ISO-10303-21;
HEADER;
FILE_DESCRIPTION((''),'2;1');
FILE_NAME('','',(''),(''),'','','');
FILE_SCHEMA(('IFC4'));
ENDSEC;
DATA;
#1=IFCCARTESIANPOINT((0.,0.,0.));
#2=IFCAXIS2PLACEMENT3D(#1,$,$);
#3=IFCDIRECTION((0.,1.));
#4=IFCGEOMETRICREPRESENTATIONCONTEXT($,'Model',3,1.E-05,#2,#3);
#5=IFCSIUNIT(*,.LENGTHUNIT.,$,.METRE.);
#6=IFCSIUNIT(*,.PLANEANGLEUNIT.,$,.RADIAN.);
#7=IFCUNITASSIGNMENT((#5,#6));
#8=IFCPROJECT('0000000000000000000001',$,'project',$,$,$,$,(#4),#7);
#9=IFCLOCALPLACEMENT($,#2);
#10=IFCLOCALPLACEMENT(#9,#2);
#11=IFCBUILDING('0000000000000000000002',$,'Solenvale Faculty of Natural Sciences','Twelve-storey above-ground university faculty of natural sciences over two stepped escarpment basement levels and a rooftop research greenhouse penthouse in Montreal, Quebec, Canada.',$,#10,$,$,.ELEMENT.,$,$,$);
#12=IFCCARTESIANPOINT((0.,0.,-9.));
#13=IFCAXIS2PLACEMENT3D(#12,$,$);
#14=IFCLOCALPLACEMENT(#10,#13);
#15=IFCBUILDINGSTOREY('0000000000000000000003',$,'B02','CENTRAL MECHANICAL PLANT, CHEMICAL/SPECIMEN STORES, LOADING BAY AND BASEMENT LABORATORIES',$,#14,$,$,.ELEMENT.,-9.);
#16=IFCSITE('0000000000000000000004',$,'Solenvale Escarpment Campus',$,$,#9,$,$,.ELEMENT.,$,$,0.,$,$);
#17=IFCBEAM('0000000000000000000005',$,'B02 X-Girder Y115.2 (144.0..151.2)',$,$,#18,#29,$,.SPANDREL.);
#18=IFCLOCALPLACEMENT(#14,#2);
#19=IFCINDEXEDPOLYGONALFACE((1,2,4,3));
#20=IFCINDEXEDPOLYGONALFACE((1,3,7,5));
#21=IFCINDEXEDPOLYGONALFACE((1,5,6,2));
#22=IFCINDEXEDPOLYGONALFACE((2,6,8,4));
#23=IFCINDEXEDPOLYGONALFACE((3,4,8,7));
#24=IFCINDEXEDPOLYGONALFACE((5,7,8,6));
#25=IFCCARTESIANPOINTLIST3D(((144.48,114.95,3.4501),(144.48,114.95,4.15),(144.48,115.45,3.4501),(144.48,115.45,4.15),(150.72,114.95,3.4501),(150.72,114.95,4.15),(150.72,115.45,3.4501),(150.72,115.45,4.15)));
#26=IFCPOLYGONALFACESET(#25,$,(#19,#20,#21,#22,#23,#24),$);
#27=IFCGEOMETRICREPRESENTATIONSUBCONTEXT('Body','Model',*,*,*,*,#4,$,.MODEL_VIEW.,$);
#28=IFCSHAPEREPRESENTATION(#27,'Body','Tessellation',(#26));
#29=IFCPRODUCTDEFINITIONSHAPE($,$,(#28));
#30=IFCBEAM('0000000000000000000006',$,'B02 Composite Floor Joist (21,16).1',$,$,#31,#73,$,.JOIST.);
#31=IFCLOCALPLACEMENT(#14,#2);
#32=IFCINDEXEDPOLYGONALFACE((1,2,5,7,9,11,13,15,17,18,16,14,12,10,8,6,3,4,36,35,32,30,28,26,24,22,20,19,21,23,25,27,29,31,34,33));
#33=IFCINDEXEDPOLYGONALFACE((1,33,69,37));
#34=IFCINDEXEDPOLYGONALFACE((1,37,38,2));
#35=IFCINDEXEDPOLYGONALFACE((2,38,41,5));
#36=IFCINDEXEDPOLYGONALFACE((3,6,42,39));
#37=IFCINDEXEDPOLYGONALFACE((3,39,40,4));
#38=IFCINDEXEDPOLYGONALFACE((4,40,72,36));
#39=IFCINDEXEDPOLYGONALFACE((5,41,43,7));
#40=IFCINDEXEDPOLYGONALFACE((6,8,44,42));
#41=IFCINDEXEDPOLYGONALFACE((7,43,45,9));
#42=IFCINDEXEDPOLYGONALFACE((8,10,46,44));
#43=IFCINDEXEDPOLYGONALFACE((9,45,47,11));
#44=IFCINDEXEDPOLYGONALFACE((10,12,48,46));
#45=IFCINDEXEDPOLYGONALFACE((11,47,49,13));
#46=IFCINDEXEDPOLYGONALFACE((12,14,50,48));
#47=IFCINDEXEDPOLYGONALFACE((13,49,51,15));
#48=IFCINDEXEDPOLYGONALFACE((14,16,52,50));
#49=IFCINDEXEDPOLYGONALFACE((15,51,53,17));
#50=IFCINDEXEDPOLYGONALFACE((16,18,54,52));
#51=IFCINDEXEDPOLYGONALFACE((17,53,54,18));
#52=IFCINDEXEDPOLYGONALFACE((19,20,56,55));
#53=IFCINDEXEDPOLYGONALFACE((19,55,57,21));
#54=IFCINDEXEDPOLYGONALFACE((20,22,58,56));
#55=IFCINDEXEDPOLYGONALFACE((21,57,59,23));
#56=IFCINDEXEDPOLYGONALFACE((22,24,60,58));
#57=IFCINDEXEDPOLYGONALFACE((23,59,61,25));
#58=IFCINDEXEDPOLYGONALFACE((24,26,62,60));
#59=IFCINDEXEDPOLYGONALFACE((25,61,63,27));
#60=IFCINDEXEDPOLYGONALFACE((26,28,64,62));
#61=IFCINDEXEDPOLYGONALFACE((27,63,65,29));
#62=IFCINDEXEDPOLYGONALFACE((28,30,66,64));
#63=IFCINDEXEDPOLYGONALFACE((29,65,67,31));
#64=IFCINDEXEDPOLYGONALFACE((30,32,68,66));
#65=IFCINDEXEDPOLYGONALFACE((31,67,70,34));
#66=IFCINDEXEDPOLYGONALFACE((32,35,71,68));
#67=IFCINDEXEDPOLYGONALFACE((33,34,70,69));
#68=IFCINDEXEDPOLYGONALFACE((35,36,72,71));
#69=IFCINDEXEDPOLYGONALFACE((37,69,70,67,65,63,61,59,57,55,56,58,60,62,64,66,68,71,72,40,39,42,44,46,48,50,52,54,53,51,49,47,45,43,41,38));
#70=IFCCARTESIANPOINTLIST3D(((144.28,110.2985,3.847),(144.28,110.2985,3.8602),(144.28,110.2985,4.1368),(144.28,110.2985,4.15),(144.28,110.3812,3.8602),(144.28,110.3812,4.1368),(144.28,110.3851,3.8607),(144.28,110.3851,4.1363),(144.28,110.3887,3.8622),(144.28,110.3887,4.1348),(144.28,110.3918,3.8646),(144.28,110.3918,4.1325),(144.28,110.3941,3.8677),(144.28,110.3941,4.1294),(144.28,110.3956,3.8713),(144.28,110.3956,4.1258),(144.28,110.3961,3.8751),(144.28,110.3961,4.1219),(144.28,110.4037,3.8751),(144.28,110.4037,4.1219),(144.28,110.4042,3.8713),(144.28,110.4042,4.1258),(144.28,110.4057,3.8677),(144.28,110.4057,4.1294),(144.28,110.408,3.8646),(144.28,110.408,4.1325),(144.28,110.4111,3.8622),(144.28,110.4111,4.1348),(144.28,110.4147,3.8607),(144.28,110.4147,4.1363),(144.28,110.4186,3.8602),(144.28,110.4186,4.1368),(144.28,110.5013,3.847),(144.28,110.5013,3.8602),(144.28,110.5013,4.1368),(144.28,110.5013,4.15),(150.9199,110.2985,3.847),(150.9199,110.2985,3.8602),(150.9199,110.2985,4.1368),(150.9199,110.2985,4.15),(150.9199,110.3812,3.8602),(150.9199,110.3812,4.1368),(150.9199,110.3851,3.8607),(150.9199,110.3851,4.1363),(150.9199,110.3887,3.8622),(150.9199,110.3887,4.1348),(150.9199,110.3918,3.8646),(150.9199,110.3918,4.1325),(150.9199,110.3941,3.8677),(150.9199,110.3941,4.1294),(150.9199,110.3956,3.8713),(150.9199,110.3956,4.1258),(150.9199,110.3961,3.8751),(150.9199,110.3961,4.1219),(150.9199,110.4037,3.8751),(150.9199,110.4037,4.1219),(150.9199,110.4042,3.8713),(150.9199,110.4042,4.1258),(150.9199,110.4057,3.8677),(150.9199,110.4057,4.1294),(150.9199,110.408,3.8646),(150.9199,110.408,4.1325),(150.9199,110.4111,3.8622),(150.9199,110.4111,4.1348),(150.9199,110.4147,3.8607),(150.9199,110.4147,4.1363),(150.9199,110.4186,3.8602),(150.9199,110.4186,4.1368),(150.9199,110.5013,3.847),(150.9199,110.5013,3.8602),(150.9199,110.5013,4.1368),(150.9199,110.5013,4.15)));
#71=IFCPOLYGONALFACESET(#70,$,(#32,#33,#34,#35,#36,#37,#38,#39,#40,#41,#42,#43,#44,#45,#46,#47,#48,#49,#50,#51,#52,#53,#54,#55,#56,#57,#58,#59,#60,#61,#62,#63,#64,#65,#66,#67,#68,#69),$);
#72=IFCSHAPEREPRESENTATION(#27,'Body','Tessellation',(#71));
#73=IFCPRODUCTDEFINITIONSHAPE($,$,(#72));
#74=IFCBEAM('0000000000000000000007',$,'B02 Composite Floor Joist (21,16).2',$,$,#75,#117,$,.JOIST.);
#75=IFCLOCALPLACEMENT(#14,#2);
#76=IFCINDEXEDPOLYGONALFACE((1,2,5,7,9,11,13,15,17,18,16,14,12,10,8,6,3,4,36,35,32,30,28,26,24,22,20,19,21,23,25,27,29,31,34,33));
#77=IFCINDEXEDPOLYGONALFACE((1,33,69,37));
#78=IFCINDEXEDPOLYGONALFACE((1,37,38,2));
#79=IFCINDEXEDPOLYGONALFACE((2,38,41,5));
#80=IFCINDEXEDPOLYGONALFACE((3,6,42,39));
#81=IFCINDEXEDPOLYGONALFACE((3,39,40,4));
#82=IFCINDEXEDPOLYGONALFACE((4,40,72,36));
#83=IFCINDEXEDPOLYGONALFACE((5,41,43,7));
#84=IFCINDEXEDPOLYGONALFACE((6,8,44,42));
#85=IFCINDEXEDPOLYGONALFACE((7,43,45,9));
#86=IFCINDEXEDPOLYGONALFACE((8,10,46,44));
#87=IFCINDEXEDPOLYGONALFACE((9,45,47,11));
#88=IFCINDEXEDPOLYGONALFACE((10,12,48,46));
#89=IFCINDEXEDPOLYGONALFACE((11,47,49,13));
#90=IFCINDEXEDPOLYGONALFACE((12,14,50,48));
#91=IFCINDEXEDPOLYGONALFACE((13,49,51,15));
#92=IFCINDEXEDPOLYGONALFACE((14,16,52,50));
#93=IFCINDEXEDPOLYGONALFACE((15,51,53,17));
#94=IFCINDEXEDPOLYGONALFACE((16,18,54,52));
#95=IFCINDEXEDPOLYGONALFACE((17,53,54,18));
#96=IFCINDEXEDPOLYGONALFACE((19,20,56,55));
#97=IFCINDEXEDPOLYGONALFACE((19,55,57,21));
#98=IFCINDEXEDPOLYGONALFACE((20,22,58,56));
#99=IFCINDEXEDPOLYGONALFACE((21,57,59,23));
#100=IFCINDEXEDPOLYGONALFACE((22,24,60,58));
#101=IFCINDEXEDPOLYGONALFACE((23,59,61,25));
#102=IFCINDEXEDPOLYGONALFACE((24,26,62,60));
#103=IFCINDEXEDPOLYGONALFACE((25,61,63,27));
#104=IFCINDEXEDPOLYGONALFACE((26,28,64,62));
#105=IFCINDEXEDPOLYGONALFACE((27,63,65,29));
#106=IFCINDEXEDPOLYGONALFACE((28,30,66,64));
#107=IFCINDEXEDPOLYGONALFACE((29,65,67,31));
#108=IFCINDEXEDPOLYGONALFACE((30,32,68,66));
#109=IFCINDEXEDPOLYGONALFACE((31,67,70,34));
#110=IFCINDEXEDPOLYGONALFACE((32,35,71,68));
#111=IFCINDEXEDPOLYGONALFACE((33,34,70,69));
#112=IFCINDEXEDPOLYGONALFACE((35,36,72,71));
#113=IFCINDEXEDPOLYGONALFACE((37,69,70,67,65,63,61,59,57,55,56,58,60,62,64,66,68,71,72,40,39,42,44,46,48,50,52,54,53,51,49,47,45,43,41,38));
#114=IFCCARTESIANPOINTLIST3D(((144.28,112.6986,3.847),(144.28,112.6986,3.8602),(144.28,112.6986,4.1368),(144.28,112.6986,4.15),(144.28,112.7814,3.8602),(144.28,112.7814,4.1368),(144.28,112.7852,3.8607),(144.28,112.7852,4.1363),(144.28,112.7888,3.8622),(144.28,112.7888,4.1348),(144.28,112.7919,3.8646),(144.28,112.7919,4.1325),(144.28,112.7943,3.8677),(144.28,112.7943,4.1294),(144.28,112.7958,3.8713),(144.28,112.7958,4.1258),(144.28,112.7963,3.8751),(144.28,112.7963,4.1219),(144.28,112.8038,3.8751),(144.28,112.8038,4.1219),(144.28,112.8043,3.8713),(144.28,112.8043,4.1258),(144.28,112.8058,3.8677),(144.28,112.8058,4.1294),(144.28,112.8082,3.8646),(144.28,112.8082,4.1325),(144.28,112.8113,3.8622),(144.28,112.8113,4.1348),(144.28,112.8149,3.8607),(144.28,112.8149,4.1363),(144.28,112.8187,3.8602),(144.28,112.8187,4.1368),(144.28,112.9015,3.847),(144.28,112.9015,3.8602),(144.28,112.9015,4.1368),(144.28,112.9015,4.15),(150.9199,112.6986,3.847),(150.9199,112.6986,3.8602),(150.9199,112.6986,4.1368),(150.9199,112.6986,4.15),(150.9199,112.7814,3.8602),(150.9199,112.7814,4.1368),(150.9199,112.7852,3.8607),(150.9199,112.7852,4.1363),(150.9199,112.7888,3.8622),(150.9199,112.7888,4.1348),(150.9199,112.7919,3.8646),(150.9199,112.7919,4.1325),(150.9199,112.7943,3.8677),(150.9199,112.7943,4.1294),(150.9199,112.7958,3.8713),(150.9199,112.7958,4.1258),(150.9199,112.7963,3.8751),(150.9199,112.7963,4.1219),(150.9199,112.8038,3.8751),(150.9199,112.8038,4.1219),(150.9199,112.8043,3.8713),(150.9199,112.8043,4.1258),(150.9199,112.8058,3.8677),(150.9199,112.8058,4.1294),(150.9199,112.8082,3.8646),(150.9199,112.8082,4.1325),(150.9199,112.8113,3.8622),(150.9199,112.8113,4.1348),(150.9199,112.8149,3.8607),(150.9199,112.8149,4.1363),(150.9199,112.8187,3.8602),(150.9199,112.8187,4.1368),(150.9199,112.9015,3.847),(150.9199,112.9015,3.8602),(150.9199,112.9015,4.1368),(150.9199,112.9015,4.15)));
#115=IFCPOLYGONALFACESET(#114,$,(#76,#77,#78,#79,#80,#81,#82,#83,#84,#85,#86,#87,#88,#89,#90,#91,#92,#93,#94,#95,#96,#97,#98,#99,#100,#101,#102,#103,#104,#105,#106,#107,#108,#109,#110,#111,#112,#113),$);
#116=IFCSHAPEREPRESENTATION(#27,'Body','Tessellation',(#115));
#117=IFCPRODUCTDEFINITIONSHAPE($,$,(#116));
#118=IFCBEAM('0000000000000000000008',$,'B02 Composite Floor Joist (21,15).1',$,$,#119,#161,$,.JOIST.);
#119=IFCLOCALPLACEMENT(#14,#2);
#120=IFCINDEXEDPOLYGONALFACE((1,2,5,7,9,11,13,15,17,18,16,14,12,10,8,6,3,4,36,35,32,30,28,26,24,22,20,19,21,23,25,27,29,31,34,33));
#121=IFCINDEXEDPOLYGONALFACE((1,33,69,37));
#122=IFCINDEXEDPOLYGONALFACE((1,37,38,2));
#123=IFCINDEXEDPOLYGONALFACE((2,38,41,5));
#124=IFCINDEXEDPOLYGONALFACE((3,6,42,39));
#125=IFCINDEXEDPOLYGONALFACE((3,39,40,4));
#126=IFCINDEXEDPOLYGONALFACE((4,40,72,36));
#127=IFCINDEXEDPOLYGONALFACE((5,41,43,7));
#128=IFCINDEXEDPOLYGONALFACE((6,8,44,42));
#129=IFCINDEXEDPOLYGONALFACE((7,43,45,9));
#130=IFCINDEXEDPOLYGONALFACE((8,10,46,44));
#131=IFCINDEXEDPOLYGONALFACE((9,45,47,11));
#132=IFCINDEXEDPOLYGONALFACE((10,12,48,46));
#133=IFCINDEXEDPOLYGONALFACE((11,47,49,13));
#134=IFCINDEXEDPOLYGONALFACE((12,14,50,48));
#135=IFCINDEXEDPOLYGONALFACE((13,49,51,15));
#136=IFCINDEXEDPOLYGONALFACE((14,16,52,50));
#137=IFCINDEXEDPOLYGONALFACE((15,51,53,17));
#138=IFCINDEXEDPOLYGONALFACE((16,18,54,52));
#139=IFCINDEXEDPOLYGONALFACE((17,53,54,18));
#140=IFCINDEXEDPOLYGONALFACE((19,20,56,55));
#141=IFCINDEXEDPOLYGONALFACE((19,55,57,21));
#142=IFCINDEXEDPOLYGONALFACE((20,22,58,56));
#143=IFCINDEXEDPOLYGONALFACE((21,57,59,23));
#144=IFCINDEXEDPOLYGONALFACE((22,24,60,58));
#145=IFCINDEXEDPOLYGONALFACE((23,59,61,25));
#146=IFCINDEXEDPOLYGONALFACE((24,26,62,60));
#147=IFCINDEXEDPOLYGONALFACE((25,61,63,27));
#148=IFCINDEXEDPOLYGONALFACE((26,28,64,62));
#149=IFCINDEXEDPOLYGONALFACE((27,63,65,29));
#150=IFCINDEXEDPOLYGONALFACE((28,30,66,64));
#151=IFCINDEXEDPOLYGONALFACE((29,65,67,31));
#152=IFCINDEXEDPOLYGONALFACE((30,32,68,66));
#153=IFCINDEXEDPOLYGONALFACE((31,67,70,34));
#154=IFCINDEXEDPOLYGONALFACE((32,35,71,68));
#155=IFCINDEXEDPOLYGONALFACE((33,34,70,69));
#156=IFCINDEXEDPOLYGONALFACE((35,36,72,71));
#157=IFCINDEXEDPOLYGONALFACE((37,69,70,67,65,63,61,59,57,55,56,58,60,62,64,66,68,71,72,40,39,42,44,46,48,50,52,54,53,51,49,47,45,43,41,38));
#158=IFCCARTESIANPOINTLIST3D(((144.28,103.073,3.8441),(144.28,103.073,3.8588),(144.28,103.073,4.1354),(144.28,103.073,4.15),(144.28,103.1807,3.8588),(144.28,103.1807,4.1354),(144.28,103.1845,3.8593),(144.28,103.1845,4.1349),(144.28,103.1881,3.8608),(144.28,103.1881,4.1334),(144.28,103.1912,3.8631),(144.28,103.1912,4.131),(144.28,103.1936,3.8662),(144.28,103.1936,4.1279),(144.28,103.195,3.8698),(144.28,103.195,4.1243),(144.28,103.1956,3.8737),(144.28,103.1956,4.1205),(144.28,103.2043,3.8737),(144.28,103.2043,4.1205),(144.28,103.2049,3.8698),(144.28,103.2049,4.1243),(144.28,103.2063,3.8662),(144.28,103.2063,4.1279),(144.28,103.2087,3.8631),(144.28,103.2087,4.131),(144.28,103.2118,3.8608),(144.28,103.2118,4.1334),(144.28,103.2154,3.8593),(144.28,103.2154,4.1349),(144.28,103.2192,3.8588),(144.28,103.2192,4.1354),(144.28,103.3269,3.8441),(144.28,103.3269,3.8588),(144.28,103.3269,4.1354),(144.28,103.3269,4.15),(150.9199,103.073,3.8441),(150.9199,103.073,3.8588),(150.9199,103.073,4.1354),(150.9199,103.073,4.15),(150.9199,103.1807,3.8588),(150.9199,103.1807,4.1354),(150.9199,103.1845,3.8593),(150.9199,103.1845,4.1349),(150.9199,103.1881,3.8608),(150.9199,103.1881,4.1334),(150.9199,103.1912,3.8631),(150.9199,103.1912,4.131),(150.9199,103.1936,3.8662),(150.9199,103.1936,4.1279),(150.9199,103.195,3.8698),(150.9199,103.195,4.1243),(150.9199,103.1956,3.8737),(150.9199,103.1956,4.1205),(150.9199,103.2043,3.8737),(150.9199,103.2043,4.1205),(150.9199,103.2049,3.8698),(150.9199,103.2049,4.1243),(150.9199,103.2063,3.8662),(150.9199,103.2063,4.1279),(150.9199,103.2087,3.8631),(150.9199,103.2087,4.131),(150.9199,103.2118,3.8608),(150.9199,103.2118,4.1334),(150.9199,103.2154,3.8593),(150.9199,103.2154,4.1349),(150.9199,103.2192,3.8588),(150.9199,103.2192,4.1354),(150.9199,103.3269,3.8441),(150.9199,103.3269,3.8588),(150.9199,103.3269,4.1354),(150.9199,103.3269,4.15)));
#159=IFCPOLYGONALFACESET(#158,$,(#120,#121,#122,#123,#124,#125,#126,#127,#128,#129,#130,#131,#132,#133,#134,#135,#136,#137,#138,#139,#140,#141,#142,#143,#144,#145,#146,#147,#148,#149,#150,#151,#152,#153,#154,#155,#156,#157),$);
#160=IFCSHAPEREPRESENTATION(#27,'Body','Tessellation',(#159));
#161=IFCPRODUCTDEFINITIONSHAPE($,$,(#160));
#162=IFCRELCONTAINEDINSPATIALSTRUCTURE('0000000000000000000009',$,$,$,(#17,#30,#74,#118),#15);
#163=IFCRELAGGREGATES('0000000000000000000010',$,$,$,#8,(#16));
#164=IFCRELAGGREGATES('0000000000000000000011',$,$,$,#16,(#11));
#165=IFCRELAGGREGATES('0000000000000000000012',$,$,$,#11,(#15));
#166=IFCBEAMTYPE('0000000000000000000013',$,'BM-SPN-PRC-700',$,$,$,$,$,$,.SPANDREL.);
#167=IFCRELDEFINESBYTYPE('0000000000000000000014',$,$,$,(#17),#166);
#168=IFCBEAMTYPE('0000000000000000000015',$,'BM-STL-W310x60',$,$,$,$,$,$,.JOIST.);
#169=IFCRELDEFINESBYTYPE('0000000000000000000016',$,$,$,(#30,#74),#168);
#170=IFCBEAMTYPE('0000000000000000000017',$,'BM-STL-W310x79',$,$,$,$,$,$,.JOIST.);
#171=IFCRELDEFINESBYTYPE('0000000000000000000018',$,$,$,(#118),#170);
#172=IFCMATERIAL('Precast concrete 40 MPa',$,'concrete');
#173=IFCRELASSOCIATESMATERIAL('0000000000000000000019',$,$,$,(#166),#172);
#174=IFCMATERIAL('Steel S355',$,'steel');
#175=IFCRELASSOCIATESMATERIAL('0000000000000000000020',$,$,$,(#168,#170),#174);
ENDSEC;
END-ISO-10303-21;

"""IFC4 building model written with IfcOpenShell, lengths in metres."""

from ifc_helpers import new_model, si_unit, direction, frame, origin, origin_2d, place, context, subcontext, project, spatial, rectangle, i_section, extrude, material, material_profile, profile_set, type_object, element, save


model = new_model("IFC4")

# Units and contexts
model_context = context("Model", 3, precision=1e-05, world=origin(), true_north=direction((0.0, 1.0)))
body_context = subcontext(model_context, "Body", "Model", "MODEL_VIEW")
ifc_project = project(units=[si_unit("LENGTHUNIT", "METRE"), si_unit("PLANEANGLEUNIT", "RADIAN")], contexts=[model_context])

# Site, building, storey
site_placement = place(None, origin())
site = spatial("IfcSite", under=ifc_project, at=site_placement, Name="Solenvale Escarpment Campus", CompositionType="ELEMENT", RefElevation=0.0)
building_placement = place(site_placement, origin())
building = spatial("IfcBuilding", under=site, at=building_placement, Name="Solenvale Faculty of Natural Sciences", Description="Twelve-storey above-ground university faculty of natural sciences over two stepped escarpment basement levels and a rooftop research greenhouse penthouse in Montreal, Quebec, Canada.", CompositionType="ELEMENT")
storey_placement = place(building_placement, frame((0.0, 0.0, -9.0)))
storey = spatial("IfcBuildingStorey", under=building, at=storey_placement, Name="B02", Description="CENTRAL MECHANICAL PLANT, CHEMICAL/SPECIMEN STORES, LOADING BAY AND BASEMENT LABORATORIES", CompositionType="ELEMENT", Elevation=-9.0)

# Beams
ifc_material_1 = material(Name="Precast concrete 40 MPa", Category="concrete")
ifc_material_profile_1 = material_profile(ifc_material_1, rectangle(XDim=0.5, YDim=0.7, at=origin_2d()), Name="RC-BM-500x700")
ifc_profile_set_1 = profile_set([ifc_material_profile_1], Name="Precast concrete 40 MPa")
beam_type_1 = type_object("IfcBeamType", Name="BM-SPN-PRC-700", PredefinedType="SPANDREL", material=ifc_profile_set_1)
beam_1_placement = place(storey_placement, frame((144.48, 115.2, 3.8), z_axis=(1.0, 0.0, 0.0), x_axis=(0.0, 1.0, 0.0)))
element("IfcBeam", 1, at=beam_1_placement, inside=storey, type_object=beam_type_1, Name="B02 X-Girder Y115.2 (144.0..151.2)", PredefinedType="SPANDREL", context=body_context, shape_type="SweptSolid", body=[
    extrude(rectangle(XDim=0.5, YDim=0.7, at=origin_2d()), origin(), (0.0, 0.0, 1.0), 6.24),
])
ifc_material_2 = material(Name="Steel S355", Category="steel")
ifc_material_profile_2 = material_profile(ifc_material_2, i_section(OverallWidth=0.2029, OverallDepth=0.303, WebThickness=0.0076, FlangeThickness=0.0132, FilletRadius=0.0149, at=origin_2d()), Name="W310x60")
ifc_profile_set_2 = profile_set([ifc_material_profile_2], Name="Steel S355")
beam_type_2 = type_object("IfcBeamType", Name="BM-STL-W310x60", PredefinedType="JOIST", material=ifc_profile_set_2)
for number, where, z_axis, x_axis, name in (
    (2, (144.28, 110.3999, 3.9985), (1.0, 0.0, 0.0), (0.0, 1.0, 0.0), "B02 Composite Floor Joist (21,16).1"),
    (3, (144.28, 112.8, 3.9985), (1.0, 0.0, 0.0), (0.0, 1.0, 0.0), "B02 Composite Floor Joist (21,16).2"),
):
    element("IfcBeam", number, at=place(storey_placement, frame(where, z_axis=z_axis, x_axis=x_axis)), inside=storey, type_object=beam_type_2, Name=name, PredefinedType="JOIST", context=body_context, shape_type="SweptSolid", body=[
        extrude(i_section(OverallWidth=0.2029, OverallDepth=0.303, WebThickness=0.0076, FlangeThickness=0.0132, FilletRadius=0.0149, at=origin_2d()), origin(), (0.0, 0.0, 1.0), 6.6399),
    ])
ifc_material_profile_3 = material_profile(ifc_material_2, i_section(OverallWidth=0.2539, OverallDepth=0.3059, WebThickness=0.0088, FlangeThickness=0.0146, FilletRadius=0.0149, at=origin_2d()), Name="W310x79")
ifc_profile_set_3 = profile_set([ifc_material_profile_3], Name="Steel S355")
beam_type_3 = type_object("IfcBeamType", Name="BM-STL-W310x79", PredefinedType="JOIST", material=ifc_profile_set_3)
for number, where, z_axis, x_axis, name in (
    (4, (144.28, 103.2, 3.9971), (1.0, 0.0, 0.0), (0.0, 1.0, 0.0), "B02 Composite Floor Joist (21,15).1"),
):
    element("IfcBeam", number, at=place(storey_placement, frame(where, z_axis=z_axis, x_axis=x_axis)), inside=storey, type_object=beam_type_3, Name=name, PredefinedType="JOIST", context=body_context, shape_type="SweptSolid", body=[
        extrude(i_section(OverallWidth=0.2539, OverallDepth=0.3059, WebThickness=0.0088, FlangeThickness=0.0146, FilletRadius=0.0149, at=origin_2d()), origin(), (0.0, 0.0, 1.0), 6.6399),
    ])

save(model, "model.ifc")
